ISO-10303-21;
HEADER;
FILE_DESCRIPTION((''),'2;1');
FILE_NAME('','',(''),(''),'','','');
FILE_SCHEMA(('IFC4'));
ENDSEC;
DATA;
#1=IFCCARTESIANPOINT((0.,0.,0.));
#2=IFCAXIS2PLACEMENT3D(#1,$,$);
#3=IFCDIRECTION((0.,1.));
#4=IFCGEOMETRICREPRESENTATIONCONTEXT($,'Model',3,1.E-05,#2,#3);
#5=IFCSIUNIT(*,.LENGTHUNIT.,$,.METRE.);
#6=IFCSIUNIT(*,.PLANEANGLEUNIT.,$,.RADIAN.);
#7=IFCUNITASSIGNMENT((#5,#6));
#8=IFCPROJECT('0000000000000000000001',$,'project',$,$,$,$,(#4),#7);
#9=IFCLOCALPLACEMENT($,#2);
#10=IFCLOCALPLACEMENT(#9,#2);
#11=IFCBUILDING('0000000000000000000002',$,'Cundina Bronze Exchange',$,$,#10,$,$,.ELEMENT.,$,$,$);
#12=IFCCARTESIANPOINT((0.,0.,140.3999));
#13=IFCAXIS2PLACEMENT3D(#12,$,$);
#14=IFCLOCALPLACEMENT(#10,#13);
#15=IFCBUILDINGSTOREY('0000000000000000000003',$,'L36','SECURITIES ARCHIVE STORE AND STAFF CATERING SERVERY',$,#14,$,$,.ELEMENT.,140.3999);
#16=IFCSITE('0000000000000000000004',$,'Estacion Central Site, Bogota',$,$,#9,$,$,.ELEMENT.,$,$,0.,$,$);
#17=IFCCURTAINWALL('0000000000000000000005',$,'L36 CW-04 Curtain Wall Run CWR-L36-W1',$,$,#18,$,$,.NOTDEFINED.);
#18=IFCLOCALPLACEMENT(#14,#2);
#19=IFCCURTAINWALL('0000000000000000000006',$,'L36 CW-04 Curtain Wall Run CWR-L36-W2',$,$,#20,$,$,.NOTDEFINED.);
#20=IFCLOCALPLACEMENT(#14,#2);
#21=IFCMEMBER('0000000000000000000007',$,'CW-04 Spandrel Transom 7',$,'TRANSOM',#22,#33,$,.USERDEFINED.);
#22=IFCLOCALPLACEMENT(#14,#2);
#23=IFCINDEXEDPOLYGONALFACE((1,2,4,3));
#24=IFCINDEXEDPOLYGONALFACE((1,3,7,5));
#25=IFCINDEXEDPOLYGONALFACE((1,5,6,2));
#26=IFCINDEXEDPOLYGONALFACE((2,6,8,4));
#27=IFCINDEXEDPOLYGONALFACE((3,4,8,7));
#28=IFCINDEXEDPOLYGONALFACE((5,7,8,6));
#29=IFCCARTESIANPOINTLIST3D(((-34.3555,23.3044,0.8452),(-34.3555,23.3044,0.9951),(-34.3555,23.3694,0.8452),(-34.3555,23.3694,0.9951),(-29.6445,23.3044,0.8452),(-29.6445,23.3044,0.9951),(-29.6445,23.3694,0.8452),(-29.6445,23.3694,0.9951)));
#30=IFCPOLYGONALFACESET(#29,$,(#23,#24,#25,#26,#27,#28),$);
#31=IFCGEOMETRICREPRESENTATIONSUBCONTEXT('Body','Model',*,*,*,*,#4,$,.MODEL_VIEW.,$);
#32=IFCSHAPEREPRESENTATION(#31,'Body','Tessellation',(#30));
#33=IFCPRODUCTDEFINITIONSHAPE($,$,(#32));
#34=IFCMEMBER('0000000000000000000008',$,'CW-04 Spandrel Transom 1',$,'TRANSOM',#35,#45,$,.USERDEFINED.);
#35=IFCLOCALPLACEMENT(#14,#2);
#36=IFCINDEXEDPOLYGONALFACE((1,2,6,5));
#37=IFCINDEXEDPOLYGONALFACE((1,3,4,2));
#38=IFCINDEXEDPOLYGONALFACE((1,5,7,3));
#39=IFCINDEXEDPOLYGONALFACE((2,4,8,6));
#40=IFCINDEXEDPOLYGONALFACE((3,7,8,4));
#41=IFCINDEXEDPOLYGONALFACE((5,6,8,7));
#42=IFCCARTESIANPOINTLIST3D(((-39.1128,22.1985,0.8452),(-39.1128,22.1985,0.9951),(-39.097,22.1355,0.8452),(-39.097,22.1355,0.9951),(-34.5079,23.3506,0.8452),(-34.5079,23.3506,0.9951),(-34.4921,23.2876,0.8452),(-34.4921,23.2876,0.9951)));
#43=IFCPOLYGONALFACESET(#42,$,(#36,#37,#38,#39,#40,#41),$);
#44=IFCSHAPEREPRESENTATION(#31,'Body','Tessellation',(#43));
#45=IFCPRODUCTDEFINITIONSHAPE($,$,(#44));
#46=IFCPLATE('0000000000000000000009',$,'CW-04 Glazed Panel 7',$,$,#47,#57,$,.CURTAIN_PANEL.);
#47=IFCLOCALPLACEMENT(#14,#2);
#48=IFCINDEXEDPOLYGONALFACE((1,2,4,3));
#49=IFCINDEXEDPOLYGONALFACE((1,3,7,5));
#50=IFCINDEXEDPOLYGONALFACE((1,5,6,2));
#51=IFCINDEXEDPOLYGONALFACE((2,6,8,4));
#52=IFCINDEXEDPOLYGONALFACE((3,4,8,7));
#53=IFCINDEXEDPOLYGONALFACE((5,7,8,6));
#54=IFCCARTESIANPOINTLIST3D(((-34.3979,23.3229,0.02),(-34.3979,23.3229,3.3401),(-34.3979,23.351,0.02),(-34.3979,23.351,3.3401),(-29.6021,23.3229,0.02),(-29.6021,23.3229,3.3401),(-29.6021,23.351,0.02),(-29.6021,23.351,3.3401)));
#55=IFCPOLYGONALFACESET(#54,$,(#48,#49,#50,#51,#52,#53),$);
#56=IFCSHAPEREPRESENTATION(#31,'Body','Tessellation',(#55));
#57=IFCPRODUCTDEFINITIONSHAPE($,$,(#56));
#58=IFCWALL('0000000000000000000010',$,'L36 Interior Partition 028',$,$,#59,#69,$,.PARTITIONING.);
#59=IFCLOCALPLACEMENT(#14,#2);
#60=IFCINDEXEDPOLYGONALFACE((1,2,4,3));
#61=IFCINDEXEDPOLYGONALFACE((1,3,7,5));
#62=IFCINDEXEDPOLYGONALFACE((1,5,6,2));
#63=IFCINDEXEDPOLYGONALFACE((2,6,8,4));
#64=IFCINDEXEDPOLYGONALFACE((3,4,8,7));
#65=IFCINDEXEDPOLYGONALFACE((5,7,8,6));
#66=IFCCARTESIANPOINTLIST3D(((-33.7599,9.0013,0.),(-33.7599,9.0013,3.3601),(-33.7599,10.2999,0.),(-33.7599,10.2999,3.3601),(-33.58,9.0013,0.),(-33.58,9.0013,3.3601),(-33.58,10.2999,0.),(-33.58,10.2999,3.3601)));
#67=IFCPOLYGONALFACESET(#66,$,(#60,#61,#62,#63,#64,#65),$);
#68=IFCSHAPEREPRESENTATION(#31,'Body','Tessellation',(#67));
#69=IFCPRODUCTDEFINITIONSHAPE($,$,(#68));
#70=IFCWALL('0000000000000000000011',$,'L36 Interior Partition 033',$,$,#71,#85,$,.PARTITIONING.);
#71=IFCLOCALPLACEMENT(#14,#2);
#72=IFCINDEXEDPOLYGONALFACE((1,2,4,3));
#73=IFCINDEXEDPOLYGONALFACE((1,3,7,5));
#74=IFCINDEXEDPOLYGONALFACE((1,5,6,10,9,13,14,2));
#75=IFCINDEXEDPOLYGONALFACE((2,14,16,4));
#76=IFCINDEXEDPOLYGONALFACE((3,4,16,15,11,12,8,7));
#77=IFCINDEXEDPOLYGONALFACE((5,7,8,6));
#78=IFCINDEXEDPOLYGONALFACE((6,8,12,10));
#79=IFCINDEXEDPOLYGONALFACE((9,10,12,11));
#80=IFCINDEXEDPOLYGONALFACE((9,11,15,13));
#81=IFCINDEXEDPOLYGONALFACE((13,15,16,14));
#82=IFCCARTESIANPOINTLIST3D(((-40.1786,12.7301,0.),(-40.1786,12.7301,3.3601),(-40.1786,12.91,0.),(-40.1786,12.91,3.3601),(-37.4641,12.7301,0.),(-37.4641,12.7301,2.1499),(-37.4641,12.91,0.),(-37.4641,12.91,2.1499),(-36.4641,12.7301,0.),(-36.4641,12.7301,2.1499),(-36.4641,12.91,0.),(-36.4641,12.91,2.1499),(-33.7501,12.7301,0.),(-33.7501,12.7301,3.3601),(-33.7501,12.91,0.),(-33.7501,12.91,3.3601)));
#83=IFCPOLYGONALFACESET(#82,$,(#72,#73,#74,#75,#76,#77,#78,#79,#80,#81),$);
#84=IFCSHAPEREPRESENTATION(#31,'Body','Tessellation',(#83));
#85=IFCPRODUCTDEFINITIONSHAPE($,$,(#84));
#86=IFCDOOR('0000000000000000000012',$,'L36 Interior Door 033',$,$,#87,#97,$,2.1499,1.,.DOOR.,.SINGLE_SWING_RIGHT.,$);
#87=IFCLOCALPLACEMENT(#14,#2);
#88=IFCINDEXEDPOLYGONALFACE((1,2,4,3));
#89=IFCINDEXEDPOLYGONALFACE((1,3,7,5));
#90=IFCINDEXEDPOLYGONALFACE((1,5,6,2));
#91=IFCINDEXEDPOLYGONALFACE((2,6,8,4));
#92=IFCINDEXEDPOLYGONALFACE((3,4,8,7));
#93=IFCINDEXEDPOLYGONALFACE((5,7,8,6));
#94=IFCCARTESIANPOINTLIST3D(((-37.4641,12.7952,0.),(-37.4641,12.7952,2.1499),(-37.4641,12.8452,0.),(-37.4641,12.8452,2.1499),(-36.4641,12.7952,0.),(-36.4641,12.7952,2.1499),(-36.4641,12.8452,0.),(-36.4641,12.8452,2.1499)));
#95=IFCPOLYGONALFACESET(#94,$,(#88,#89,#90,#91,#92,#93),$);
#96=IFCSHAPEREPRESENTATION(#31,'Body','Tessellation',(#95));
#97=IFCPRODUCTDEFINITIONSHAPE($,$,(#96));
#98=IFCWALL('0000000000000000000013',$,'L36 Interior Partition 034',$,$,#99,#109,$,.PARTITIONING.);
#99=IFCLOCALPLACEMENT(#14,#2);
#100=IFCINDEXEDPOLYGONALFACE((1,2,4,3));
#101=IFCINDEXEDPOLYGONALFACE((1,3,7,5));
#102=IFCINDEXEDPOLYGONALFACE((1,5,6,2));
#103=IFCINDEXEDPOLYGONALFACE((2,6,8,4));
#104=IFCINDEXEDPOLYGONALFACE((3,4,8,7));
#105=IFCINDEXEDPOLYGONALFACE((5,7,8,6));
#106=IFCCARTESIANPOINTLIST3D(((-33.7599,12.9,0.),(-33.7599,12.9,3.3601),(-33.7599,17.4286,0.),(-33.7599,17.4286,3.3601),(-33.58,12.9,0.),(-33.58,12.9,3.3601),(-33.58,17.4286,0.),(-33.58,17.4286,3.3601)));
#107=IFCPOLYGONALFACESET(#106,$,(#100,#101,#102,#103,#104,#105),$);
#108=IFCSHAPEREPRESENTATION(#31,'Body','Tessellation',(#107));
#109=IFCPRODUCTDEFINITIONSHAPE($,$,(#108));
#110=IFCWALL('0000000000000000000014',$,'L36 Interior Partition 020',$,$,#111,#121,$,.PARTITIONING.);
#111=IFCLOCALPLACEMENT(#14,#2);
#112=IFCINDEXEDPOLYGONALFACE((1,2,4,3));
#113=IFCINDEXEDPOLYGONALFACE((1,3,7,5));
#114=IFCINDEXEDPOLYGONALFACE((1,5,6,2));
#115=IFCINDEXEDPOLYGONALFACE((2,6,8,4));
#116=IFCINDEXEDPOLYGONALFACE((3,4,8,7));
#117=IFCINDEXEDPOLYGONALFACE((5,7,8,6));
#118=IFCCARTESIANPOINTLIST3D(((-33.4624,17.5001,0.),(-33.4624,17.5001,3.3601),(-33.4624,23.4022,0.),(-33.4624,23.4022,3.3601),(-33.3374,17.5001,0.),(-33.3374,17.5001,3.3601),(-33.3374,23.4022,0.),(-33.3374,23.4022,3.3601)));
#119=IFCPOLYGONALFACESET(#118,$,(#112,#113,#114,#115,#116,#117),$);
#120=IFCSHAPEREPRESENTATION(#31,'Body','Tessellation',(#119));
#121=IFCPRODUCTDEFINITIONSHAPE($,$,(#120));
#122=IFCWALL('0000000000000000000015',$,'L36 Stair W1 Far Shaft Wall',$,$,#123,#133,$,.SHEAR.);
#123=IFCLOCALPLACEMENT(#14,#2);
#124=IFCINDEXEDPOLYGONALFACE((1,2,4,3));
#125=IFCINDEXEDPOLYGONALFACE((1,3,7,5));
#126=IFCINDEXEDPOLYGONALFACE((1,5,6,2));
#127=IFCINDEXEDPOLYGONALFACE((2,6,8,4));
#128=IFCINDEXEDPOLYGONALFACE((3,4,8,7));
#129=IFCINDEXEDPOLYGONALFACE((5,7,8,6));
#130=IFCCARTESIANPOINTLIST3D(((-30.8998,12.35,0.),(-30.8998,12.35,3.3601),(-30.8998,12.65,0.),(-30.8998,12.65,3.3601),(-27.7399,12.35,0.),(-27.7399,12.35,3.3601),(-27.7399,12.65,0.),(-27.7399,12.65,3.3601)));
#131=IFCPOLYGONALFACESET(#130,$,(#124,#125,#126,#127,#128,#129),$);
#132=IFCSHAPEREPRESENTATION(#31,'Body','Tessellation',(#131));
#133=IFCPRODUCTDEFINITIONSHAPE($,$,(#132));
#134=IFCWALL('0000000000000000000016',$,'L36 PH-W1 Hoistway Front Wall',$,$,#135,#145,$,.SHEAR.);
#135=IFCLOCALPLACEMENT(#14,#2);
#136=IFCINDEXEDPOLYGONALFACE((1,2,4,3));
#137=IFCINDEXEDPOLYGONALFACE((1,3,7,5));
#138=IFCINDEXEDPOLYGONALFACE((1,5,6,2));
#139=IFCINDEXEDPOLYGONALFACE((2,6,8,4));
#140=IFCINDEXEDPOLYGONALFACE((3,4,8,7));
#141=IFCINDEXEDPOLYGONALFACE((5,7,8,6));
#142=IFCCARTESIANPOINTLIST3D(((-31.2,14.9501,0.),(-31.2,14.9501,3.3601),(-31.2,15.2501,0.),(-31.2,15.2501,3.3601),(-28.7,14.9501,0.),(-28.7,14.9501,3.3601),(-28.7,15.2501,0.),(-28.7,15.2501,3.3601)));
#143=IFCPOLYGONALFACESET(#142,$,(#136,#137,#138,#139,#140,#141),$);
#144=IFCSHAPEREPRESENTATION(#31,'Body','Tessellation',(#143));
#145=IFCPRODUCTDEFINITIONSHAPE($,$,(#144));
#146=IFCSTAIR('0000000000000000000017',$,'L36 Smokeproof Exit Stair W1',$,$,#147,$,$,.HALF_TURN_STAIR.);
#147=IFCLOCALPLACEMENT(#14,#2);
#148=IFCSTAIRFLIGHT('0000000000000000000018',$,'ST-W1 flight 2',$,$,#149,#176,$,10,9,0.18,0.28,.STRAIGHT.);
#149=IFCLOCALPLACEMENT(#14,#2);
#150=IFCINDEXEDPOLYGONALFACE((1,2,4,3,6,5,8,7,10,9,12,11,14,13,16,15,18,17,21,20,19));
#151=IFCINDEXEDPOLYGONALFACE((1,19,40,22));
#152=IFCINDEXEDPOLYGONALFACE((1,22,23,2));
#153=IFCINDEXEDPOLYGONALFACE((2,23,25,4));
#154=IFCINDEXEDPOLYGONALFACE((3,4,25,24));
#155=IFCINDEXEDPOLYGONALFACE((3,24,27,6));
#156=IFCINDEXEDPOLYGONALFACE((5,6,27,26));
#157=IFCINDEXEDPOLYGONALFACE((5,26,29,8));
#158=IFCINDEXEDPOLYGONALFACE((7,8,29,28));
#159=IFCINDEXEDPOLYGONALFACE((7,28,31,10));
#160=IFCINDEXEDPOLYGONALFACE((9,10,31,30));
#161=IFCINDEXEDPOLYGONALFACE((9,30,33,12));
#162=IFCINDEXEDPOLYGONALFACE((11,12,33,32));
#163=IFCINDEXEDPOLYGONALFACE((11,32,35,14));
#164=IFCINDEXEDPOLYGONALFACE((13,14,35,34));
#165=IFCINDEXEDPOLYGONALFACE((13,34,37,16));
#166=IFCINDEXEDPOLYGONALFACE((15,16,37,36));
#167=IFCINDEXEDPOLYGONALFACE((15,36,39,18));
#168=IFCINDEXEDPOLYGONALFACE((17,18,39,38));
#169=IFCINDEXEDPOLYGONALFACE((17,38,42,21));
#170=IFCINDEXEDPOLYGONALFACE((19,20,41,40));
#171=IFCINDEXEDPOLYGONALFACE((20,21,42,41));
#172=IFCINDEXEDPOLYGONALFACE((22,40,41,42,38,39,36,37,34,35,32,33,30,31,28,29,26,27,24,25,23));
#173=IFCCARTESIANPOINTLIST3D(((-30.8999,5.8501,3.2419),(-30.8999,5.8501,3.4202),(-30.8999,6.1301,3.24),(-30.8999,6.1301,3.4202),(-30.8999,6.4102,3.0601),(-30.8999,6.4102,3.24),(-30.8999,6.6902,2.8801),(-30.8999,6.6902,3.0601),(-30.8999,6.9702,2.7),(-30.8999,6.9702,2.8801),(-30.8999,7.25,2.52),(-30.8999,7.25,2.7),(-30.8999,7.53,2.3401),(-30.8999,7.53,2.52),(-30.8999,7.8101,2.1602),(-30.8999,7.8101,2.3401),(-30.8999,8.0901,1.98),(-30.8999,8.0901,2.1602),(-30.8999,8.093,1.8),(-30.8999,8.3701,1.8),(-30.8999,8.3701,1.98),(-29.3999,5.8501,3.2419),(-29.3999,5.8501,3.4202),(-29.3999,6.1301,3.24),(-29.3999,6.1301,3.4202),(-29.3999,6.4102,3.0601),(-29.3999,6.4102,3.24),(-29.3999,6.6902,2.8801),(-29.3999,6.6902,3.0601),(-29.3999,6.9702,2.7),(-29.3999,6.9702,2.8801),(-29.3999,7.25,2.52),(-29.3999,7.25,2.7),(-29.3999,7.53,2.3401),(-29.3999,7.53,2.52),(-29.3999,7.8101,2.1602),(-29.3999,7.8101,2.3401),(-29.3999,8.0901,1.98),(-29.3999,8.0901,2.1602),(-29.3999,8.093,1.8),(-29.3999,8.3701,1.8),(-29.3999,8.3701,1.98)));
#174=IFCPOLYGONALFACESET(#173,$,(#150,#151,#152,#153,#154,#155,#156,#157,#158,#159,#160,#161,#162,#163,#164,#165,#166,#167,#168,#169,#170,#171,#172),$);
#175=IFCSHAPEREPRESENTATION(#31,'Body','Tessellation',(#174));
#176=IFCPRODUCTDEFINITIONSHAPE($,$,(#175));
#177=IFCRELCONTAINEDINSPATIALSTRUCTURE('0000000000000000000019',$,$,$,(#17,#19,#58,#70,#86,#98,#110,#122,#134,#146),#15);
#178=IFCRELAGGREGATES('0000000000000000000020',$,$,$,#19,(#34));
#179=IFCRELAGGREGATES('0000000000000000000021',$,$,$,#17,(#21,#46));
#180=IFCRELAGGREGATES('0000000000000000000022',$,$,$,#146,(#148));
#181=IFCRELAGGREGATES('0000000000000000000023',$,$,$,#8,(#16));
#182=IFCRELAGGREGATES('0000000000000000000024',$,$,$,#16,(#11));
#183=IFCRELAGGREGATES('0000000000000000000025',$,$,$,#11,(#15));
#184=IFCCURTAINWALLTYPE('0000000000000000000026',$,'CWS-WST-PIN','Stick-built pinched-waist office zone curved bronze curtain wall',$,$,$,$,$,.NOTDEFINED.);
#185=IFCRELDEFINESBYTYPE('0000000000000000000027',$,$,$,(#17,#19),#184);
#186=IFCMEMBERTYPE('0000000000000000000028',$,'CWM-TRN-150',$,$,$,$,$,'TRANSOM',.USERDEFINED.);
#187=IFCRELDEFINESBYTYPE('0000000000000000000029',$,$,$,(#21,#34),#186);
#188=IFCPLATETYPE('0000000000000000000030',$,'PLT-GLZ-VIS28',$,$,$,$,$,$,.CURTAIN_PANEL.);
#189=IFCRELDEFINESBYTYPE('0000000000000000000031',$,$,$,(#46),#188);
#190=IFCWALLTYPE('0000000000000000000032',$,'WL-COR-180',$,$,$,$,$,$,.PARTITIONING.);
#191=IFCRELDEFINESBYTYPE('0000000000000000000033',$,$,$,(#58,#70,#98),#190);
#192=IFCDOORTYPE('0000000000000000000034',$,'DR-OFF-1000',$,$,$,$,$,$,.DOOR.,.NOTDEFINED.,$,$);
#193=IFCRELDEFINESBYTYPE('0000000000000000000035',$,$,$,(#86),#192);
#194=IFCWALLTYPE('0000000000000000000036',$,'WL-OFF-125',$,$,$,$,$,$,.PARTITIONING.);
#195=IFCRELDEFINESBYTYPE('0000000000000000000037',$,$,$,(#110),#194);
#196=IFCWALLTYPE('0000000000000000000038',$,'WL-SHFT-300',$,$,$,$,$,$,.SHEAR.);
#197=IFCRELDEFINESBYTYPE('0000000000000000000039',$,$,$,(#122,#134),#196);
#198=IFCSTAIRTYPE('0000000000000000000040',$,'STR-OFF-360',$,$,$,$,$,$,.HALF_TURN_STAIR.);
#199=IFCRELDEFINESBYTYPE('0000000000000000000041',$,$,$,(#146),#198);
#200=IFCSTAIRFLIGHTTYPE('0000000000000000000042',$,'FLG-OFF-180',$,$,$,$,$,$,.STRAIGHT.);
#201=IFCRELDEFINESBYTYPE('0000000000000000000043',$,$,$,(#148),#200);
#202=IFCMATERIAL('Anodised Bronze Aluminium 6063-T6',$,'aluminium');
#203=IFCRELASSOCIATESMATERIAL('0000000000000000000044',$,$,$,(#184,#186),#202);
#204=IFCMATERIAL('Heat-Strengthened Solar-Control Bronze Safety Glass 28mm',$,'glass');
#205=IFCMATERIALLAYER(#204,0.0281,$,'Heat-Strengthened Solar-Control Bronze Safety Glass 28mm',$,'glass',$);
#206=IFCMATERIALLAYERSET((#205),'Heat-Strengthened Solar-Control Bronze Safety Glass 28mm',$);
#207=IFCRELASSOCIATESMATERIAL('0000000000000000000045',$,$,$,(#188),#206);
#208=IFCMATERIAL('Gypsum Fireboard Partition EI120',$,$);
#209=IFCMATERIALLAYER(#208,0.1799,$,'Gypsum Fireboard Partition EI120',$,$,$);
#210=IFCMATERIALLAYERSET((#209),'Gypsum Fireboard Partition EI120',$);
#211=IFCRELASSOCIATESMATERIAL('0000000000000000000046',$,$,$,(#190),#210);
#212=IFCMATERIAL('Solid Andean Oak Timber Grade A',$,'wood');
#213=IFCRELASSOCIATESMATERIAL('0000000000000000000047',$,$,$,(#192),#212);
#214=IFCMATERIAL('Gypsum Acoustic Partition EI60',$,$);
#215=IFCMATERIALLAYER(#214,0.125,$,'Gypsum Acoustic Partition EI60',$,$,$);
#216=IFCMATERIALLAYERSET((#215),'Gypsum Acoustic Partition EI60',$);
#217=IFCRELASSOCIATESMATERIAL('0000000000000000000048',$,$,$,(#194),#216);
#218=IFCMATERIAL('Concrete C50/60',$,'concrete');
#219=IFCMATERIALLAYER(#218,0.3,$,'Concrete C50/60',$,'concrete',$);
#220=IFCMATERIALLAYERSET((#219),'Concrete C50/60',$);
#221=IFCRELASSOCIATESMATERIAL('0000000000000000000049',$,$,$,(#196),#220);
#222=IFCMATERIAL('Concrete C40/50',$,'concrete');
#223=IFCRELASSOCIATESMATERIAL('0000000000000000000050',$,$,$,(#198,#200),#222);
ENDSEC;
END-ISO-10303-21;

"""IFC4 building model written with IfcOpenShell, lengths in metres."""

from ifc_helpers import new_model, si_unit, direction, frame, frame_2d, origin, origin_2d, place, context, subcontext, project, spatial, polyline, rectangle, outline, extrude, material, layer, layer_set, material_profile, profile_set, type_object, element, fill, aggregate, save


model = new_model("IFC4")

# Units and contexts
model_context = context("Model", 3, precision=1e-05, world=origin(), true_north=direction((0.0, 1.0)))
body_context = subcontext(model_context, "Body", "Model", "MODEL_VIEW")
ifc_project = project(units=[si_unit("LENGTHUNIT", "METRE"), si_unit("PLANEANGLEUNIT", "RADIAN")], contexts=[model_context])

# Site, building, storey
site_placement = place(None, origin())
site = spatial("IfcSite", under=ifc_project, at=site_placement, Name="Estacion Central Site, Bogota", CompositionType="ELEMENT", RefElevation=0.0)
building_placement = place(site_placement, origin())
building = spatial("IfcBuilding", under=site, at=building_placement, Name="Cundina Bronze Exchange", CompositionType="ELEMENT")
storey_placement = place(building_placement, frame((0.0, 0.0, 140.3999)))
storey = spatial("IfcBuildingStorey", under=building, at=storey_placement, Name="L36", Description="SECURITIES ARCHIVE STORE AND STAFF CATERING SERVERY", CompositionType="ELEMENT", Elevation=140.3999)

# Shared definitions
ifc_material_1 = material(Name="Concrete C50/60", Category="concrete")

# Curtain wall
ifc_material_2 = material(Name="Anodised Bronze Aluminium 6063-T6", Category="aluminium")
curtain_wall_type = type_object("IfcCurtainWallType", Name="CWS-WST-PIN", Description="Stick-built pinched-waist office zone curved bronze curtain wall", PredefinedType="NOTDEFINED", material=ifc_material_2)
curtain_wall_1_placement = place(storey_placement, origin())
curtain_wall_1 = element("IfcCurtainWall", 1, at=curtain_wall_1_placement, inside=storey, type_object=curtain_wall_type, Name="L36 CW-04 Curtain Wall Run CWR-L36-W1", PredefinedType="NOTDEFINED")

# Curtain wall
curtain_wall_2_placement = place(storey_placement, origin())
curtain_wall_2 = element("IfcCurtainWall", 2, at=curtain_wall_2_placement, inside=storey, type_object=curtain_wall_type, Name="L36 CW-04 Curtain Wall Run CWR-L36-W2", PredefinedType="NOTDEFINED")

# Members
ifc_material_profile_1 = material_profile(ifc_material_2, rectangle(XDim=0.0649, YDim=0.1499, at=origin_2d()), Name="AL65X150", Category="aluminium")
ifc_profile_set_1 = profile_set([ifc_material_profile_1], Name="Anodised Bronze Aluminium 6063-T6")
member_type_1 = type_object("IfcMemberType", Name="CWM-TRN-150", ElementType="TRANSOM", PredefinedType="USERDEFINED", material=ifc_profile_set_1)
member_1_placement = place(storey_placement, frame((-29.6445, 23.3369, 0.9202), z_axis=(-1.0, 0.0, 0.0), x_axis=(0.0, -1.0, 0.0)))
member_1 = element("IfcMember", 3, at=member_1_placement, type_object=member_type_1, Name="CW-04 Spandrel Transom 7", ObjectType="TRANSOM", PredefinedType="USERDEFINED", context=body_context, shape_type="SweptSolid", body=[
    extrude(rectangle(XDim=0.0649, YDim=0.1499, at=origin_2d()), origin(), (0.0, 0.0, 1.0), 4.7109),
])
member_2_placement = place(storey_placement, frame((-34.5, 23.3191, 0.9202), z_axis=(-0.9701, -0.242705, 0.0), x_axis=(0.242705, -0.9701, 0.0)))
member_2 = element("IfcMember", 4, at=member_2_placement, type_object=member_type_1, Name="CW-04 Spandrel Transom 1", ObjectType="TRANSOM", PredefinedType="USERDEFINED", context=body_context, shape_type="SweptSolid", body=[
    extrude(rectangle(XDim=0.0649, YDim=0.1499, at=origin_2d()), origin(), (0.0, 0.0, 1.0), 4.7468),
])
aggregate(curtain_wall_2, [member_2])

# Plate
ifc_material_3 = material(Name="Heat-Strengthened Solar-Control Bronze Safety Glass 28mm", Category="glass")
ifc_layer_1 = layer(ifc_material_3, 0.0281, Name="Heat-Strengthened Solar-Control Bronze Safety Glass 28mm", Category="glass")
ifc_layer_set_1 = layer_set([ifc_layer_1], Name="Heat-Strengthened Solar-Control Bronze Safety Glass 28mm")
plate_type = type_object("IfcPlateType", Name="PLT-GLZ-VIS28", PredefinedType="CURTAIN_PANEL", material=ifc_layer_set_1)
plate_placement = place(storey_placement, frame((-32.0, 23.3369, 0.02), z_axis=(0.0, 0.0, 1.0), x_axis=(-1.0, 0.0, 0.0)))
plate = element("IfcPlate", 5, at=plate_placement, type_object=plate_type, Name="CW-04 Glazed Panel 7", PredefinedType="CURTAIN_PANEL", context=body_context, shape_type="SweptSolid", body=[
    extrude(rectangle(XDim=4.7959, YDim=0.0281, at=origin_2d()), origin(), (0.0, 0.0, 1.0), 3.3201),
])
aggregate(curtain_wall_1, [member_1, plate])

# Shared definitions
ifc_material_4 = material(Name="Gypsum Fireboard Partition EI120")
ifc_layer_2 = layer(ifc_material_4, 0.1799, Name="Gypsum Fireboard Partition EI120")
ifc_layer_set_2 = layer_set([ifc_layer_2], Name="Gypsum Fireboard Partition EI120")
wall_type_1 = type_object("IfcWallType", Name="WL-COR-180", PredefinedType="PARTITIONING", material=ifc_layer_set_2)
ifc_material_5 = material(Name="Solid Andean Oak Timber Grade A", Category="wood")
door_type_1 = type_object("IfcDoorType", Name="DR-OFF-1000", OperationType="NOTDEFINED", PredefinedType="DOOR", material=ifc_material_5)

# Wall
wall_1_placement = place(storey_placement, frame((-33.6699, 10.3, 0.0), z_axis=(0.0, 0.0, 1.0), x_axis=(0.0, -1.0, 0.0)))
element("IfcWall", 6, at=wall_1_placement, inside=storey, type_object=wall_type_1, Name="L36 Interior Partition 028", PredefinedType="PARTITIONING", context=body_context, shape_type="SweptSolid", body=[
    extrude(rectangle(XDim=1.2986, YDim=0.1799, at=frame_2d((0.6494, 0.0))), origin(), (0.0, 0.0, 1.0), 3.3601),
])

# Wall, opening, door
wall_2_placement = place(storey_placement, frame((-33.75, 12.8201, 0.0), z_axis=(0.0, 0.0, 1.0), x_axis=(-1.0, 0.0, 0.0)))
wall_2 = element("IfcWall", 7, at=wall_2_placement, inside=storey, type_object=wall_type_1, Name="L36 Interior Partition 033", PredefinedType="PARTITIONING", context=body_context, shape_type="SweptSolid", body=[
    extrude(rectangle(XDim=6.4285, YDim=0.1799, at=frame_2d((3.2144, 0.0))), origin(), (0.0, 0.0, 1.0), 3.3601),
])
opening_1_placement = place(wall_2_placement, frame((2.7141, 0.0, 0.0)))
opening_1 = element("IfcOpeningElement", 8, at=opening_1_placement, cuts=wall_2, PredefinedType="OPENING", context=body_context, shape_type="SweptSolid", body=[
    extrude(rectangle(XDim=1.0, YDim=2.1499, at=frame_2d((0.5, 1.075))), frame((0.0, 0.0999, 0.0), z_axis=(0.0, -1.0, 0.0), x_axis=(1.0, 0.0, 0.0)), (0.0, 0.0, 1.0), 0.2),
])
door_1_placement = place(opening_1_placement, origin())
door_1 = element("IfcDoor", 9, at=door_1_placement, inside=storey, type_object=door_type_1, Name="L36 Interior Door 033", OperationType="SINGLE_SWING_RIGHT", OverallHeight=2.1499, OverallWidth=1.0, PredefinedType="DOOR", context=body_context, shape_type="SweptSolid", body=[
    extrude(rectangle(XDim=1.0, YDim=2.1499, at=frame_2d((0.5, 1.075))), frame((0.0, 0.0249, 0.0), z_axis=(0.0, -1.0, 0.0), x_axis=(1.0, 0.0, 0.0)), (0.0, 0.0, 1.0), 0.05),
])
fill(opening_1, door_1)

# Walls
wall_3_placement = place(storey_placement, frame((-33.6699, 17.4285, 0.0), z_axis=(0.0, 0.0, 1.0), x_axis=(0.0, -1.0, 0.0)))
element("IfcWall", 10, at=wall_3_placement, inside=storey, type_object=wall_type_1, Name="L36 Interior Partition 034", PredefinedType="PARTITIONING", context=body_context, shape_type="SweptSolid", body=[
    extrude(rectangle(XDim=4.5286, YDim=0.1799, at=frame_2d((2.2642, 0.0))), origin(), (0.0, 0.0, 1.0), 3.3601),
])
ifc_material_6 = material(Name="Gypsum Acoustic Partition EI60")
ifc_layer_3 = layer(ifc_material_6, 0.125, Name="Gypsum Acoustic Partition EI60")
ifc_layer_set_3 = layer_set([ifc_layer_3], Name="Gypsum Acoustic Partition EI60")
wall_type_2 = type_object("IfcWallType", Name="WL-OFF-125", PredefinedType="PARTITIONING", material=ifc_layer_set_3)
wall_4_placement = place(storey_placement, frame((-33.3999, 17.5, 0.0), z_axis=(0.0, 0.0, 1.0), x_axis=(0.0, 1.0, 0.0)))
element("IfcWall", 11, at=wall_4_placement, inside=storey, type_object=wall_type_2, Name="L36 Interior Partition 020", PredefinedType="PARTITIONING", context=body_context, shape_type="SweptSolid", body=[
    extrude(rectangle(XDim=5.9021, YDim=0.125, at=frame_2d((2.9512, 0.0))), origin(), (0.0, 0.0, 1.0), 3.3601),
])

# Shared definitions
ifc_layer_4 = layer(ifc_material_1, 0.3, Name="Concrete C50/60", Category="concrete")
ifc_layer_set_4 = layer_set([ifc_layer_4], Name="Concrete C50/60")
wall_type_3 = type_object("IfcWallType", Name="WL-SHFT-300", PredefinedType="SHEAR", material=ifc_layer_set_4)

# Walls
wall_5_placement = place(storey_placement, frame((-30.8999, 12.5, 0.0), z_axis=(0.0, 0.0, 1.0), x_axis=(1.0, 0.0, 0.0)))
element("IfcWall", 12, at=wall_5_placement, inside=storey, type_object=wall_type_3, Name="L36 Stair W1 Far Shaft Wall", PredefinedType="SHEAR", context=body_context, shape_type="SweptSolid", body=[
    extrude(rectangle(XDim=3.1599, YDim=0.3, at=frame_2d((1.5801, 0.0))), origin(), (0.0, 0.0, 1.0), 3.3601),
])
wall_6_placement = place(storey_placement, frame((-31.2, 15.1001, 0.0), z_axis=(0.0, 0.0, 1.0), x_axis=(1.0, 0.0, 0.0)))
element("IfcWall", 13, at=wall_6_placement, inside=storey, type_object=wall_type_3, Name="L36 PH-W1 Hoistway Front Wall", PredefinedType="SHEAR", context=body_context, shape_type="SweptSolid", body=[
    extrude(rectangle(XDim=2.5, YDim=0.3, at=frame_2d((1.25, 0.0))), origin(), (0.0, 0.0, 1.0), 3.3601),
])

# Stair, stair flight
ifc_material_7 = material(Name="Concrete C40/50", Category="concrete")
stair_type = type_object("IfcStairType", Name="STR-OFF-360", PredefinedType="HALF_TURN_STAIR", material=ifc_material_7)
stair_placement = place(storey_placement, origin())
stair = element("IfcStair", 14, at=stair_placement, inside=storey, type_object=stair_type, Name="L36 Smokeproof Exit Stair W1", PredefinedType="HALF_TURN_STAIR")
stair_flight_type = type_object("IfcStairFlightType", Name="FLG-OFF-180", PredefinedType="STRAIGHT", material=ifc_material_7)
stair_flight_placement = place(storey_placement, frame((-30.1499, 8.3701, 1.8), z_axis=(0.0, 0.0, 1.0), x_axis=(0.0, -1.0, 0.0)))
stair_flight = element("IfcStairFlight", 15, at=stair_flight_placement, type_object=stair_flight_type, Name="ST-W1 flight 2", NumberOfRisers=10, NumberOfTreads=9, PredefinedType="STRAIGHT", RiserHeight=0.18, TreadLength=0.28, context=body_context, shape_type="SweptSolid", body=[
    extrude(outline(polyline([(0.0, 0.0), (0.0, 0.1799), (0.28, 0.1799), (0.28, 0.3601), (0.5601, 0.3601), (0.5601, 0.54), (0.8401, 0.54), (0.8401, 0.72), (1.1201, 0.72), (1.1201, 0.8999), (1.3999, 0.8999), (1.3999, 1.0801), (1.6799, 1.0801), (1.6799, 1.26), (1.96, 1.26), (1.96, 1.4399), (2.24, 1.4399), (2.24, 1.6201), (2.52, 1.6201), (2.52, 1.8), (2.52, 1.4419), (0.2771, 0.0), (0.0, 0.0)])), frame((0.0, 0.75, 0.0), z_axis=(0.0, -1.0, 0.0), x_axis=(1.0, 0.0, 0.0)), (0.0, 0.0, 1.0), 1.5),
])
aggregate(stair, [stair_flight])

save(model, "model.ifc")
